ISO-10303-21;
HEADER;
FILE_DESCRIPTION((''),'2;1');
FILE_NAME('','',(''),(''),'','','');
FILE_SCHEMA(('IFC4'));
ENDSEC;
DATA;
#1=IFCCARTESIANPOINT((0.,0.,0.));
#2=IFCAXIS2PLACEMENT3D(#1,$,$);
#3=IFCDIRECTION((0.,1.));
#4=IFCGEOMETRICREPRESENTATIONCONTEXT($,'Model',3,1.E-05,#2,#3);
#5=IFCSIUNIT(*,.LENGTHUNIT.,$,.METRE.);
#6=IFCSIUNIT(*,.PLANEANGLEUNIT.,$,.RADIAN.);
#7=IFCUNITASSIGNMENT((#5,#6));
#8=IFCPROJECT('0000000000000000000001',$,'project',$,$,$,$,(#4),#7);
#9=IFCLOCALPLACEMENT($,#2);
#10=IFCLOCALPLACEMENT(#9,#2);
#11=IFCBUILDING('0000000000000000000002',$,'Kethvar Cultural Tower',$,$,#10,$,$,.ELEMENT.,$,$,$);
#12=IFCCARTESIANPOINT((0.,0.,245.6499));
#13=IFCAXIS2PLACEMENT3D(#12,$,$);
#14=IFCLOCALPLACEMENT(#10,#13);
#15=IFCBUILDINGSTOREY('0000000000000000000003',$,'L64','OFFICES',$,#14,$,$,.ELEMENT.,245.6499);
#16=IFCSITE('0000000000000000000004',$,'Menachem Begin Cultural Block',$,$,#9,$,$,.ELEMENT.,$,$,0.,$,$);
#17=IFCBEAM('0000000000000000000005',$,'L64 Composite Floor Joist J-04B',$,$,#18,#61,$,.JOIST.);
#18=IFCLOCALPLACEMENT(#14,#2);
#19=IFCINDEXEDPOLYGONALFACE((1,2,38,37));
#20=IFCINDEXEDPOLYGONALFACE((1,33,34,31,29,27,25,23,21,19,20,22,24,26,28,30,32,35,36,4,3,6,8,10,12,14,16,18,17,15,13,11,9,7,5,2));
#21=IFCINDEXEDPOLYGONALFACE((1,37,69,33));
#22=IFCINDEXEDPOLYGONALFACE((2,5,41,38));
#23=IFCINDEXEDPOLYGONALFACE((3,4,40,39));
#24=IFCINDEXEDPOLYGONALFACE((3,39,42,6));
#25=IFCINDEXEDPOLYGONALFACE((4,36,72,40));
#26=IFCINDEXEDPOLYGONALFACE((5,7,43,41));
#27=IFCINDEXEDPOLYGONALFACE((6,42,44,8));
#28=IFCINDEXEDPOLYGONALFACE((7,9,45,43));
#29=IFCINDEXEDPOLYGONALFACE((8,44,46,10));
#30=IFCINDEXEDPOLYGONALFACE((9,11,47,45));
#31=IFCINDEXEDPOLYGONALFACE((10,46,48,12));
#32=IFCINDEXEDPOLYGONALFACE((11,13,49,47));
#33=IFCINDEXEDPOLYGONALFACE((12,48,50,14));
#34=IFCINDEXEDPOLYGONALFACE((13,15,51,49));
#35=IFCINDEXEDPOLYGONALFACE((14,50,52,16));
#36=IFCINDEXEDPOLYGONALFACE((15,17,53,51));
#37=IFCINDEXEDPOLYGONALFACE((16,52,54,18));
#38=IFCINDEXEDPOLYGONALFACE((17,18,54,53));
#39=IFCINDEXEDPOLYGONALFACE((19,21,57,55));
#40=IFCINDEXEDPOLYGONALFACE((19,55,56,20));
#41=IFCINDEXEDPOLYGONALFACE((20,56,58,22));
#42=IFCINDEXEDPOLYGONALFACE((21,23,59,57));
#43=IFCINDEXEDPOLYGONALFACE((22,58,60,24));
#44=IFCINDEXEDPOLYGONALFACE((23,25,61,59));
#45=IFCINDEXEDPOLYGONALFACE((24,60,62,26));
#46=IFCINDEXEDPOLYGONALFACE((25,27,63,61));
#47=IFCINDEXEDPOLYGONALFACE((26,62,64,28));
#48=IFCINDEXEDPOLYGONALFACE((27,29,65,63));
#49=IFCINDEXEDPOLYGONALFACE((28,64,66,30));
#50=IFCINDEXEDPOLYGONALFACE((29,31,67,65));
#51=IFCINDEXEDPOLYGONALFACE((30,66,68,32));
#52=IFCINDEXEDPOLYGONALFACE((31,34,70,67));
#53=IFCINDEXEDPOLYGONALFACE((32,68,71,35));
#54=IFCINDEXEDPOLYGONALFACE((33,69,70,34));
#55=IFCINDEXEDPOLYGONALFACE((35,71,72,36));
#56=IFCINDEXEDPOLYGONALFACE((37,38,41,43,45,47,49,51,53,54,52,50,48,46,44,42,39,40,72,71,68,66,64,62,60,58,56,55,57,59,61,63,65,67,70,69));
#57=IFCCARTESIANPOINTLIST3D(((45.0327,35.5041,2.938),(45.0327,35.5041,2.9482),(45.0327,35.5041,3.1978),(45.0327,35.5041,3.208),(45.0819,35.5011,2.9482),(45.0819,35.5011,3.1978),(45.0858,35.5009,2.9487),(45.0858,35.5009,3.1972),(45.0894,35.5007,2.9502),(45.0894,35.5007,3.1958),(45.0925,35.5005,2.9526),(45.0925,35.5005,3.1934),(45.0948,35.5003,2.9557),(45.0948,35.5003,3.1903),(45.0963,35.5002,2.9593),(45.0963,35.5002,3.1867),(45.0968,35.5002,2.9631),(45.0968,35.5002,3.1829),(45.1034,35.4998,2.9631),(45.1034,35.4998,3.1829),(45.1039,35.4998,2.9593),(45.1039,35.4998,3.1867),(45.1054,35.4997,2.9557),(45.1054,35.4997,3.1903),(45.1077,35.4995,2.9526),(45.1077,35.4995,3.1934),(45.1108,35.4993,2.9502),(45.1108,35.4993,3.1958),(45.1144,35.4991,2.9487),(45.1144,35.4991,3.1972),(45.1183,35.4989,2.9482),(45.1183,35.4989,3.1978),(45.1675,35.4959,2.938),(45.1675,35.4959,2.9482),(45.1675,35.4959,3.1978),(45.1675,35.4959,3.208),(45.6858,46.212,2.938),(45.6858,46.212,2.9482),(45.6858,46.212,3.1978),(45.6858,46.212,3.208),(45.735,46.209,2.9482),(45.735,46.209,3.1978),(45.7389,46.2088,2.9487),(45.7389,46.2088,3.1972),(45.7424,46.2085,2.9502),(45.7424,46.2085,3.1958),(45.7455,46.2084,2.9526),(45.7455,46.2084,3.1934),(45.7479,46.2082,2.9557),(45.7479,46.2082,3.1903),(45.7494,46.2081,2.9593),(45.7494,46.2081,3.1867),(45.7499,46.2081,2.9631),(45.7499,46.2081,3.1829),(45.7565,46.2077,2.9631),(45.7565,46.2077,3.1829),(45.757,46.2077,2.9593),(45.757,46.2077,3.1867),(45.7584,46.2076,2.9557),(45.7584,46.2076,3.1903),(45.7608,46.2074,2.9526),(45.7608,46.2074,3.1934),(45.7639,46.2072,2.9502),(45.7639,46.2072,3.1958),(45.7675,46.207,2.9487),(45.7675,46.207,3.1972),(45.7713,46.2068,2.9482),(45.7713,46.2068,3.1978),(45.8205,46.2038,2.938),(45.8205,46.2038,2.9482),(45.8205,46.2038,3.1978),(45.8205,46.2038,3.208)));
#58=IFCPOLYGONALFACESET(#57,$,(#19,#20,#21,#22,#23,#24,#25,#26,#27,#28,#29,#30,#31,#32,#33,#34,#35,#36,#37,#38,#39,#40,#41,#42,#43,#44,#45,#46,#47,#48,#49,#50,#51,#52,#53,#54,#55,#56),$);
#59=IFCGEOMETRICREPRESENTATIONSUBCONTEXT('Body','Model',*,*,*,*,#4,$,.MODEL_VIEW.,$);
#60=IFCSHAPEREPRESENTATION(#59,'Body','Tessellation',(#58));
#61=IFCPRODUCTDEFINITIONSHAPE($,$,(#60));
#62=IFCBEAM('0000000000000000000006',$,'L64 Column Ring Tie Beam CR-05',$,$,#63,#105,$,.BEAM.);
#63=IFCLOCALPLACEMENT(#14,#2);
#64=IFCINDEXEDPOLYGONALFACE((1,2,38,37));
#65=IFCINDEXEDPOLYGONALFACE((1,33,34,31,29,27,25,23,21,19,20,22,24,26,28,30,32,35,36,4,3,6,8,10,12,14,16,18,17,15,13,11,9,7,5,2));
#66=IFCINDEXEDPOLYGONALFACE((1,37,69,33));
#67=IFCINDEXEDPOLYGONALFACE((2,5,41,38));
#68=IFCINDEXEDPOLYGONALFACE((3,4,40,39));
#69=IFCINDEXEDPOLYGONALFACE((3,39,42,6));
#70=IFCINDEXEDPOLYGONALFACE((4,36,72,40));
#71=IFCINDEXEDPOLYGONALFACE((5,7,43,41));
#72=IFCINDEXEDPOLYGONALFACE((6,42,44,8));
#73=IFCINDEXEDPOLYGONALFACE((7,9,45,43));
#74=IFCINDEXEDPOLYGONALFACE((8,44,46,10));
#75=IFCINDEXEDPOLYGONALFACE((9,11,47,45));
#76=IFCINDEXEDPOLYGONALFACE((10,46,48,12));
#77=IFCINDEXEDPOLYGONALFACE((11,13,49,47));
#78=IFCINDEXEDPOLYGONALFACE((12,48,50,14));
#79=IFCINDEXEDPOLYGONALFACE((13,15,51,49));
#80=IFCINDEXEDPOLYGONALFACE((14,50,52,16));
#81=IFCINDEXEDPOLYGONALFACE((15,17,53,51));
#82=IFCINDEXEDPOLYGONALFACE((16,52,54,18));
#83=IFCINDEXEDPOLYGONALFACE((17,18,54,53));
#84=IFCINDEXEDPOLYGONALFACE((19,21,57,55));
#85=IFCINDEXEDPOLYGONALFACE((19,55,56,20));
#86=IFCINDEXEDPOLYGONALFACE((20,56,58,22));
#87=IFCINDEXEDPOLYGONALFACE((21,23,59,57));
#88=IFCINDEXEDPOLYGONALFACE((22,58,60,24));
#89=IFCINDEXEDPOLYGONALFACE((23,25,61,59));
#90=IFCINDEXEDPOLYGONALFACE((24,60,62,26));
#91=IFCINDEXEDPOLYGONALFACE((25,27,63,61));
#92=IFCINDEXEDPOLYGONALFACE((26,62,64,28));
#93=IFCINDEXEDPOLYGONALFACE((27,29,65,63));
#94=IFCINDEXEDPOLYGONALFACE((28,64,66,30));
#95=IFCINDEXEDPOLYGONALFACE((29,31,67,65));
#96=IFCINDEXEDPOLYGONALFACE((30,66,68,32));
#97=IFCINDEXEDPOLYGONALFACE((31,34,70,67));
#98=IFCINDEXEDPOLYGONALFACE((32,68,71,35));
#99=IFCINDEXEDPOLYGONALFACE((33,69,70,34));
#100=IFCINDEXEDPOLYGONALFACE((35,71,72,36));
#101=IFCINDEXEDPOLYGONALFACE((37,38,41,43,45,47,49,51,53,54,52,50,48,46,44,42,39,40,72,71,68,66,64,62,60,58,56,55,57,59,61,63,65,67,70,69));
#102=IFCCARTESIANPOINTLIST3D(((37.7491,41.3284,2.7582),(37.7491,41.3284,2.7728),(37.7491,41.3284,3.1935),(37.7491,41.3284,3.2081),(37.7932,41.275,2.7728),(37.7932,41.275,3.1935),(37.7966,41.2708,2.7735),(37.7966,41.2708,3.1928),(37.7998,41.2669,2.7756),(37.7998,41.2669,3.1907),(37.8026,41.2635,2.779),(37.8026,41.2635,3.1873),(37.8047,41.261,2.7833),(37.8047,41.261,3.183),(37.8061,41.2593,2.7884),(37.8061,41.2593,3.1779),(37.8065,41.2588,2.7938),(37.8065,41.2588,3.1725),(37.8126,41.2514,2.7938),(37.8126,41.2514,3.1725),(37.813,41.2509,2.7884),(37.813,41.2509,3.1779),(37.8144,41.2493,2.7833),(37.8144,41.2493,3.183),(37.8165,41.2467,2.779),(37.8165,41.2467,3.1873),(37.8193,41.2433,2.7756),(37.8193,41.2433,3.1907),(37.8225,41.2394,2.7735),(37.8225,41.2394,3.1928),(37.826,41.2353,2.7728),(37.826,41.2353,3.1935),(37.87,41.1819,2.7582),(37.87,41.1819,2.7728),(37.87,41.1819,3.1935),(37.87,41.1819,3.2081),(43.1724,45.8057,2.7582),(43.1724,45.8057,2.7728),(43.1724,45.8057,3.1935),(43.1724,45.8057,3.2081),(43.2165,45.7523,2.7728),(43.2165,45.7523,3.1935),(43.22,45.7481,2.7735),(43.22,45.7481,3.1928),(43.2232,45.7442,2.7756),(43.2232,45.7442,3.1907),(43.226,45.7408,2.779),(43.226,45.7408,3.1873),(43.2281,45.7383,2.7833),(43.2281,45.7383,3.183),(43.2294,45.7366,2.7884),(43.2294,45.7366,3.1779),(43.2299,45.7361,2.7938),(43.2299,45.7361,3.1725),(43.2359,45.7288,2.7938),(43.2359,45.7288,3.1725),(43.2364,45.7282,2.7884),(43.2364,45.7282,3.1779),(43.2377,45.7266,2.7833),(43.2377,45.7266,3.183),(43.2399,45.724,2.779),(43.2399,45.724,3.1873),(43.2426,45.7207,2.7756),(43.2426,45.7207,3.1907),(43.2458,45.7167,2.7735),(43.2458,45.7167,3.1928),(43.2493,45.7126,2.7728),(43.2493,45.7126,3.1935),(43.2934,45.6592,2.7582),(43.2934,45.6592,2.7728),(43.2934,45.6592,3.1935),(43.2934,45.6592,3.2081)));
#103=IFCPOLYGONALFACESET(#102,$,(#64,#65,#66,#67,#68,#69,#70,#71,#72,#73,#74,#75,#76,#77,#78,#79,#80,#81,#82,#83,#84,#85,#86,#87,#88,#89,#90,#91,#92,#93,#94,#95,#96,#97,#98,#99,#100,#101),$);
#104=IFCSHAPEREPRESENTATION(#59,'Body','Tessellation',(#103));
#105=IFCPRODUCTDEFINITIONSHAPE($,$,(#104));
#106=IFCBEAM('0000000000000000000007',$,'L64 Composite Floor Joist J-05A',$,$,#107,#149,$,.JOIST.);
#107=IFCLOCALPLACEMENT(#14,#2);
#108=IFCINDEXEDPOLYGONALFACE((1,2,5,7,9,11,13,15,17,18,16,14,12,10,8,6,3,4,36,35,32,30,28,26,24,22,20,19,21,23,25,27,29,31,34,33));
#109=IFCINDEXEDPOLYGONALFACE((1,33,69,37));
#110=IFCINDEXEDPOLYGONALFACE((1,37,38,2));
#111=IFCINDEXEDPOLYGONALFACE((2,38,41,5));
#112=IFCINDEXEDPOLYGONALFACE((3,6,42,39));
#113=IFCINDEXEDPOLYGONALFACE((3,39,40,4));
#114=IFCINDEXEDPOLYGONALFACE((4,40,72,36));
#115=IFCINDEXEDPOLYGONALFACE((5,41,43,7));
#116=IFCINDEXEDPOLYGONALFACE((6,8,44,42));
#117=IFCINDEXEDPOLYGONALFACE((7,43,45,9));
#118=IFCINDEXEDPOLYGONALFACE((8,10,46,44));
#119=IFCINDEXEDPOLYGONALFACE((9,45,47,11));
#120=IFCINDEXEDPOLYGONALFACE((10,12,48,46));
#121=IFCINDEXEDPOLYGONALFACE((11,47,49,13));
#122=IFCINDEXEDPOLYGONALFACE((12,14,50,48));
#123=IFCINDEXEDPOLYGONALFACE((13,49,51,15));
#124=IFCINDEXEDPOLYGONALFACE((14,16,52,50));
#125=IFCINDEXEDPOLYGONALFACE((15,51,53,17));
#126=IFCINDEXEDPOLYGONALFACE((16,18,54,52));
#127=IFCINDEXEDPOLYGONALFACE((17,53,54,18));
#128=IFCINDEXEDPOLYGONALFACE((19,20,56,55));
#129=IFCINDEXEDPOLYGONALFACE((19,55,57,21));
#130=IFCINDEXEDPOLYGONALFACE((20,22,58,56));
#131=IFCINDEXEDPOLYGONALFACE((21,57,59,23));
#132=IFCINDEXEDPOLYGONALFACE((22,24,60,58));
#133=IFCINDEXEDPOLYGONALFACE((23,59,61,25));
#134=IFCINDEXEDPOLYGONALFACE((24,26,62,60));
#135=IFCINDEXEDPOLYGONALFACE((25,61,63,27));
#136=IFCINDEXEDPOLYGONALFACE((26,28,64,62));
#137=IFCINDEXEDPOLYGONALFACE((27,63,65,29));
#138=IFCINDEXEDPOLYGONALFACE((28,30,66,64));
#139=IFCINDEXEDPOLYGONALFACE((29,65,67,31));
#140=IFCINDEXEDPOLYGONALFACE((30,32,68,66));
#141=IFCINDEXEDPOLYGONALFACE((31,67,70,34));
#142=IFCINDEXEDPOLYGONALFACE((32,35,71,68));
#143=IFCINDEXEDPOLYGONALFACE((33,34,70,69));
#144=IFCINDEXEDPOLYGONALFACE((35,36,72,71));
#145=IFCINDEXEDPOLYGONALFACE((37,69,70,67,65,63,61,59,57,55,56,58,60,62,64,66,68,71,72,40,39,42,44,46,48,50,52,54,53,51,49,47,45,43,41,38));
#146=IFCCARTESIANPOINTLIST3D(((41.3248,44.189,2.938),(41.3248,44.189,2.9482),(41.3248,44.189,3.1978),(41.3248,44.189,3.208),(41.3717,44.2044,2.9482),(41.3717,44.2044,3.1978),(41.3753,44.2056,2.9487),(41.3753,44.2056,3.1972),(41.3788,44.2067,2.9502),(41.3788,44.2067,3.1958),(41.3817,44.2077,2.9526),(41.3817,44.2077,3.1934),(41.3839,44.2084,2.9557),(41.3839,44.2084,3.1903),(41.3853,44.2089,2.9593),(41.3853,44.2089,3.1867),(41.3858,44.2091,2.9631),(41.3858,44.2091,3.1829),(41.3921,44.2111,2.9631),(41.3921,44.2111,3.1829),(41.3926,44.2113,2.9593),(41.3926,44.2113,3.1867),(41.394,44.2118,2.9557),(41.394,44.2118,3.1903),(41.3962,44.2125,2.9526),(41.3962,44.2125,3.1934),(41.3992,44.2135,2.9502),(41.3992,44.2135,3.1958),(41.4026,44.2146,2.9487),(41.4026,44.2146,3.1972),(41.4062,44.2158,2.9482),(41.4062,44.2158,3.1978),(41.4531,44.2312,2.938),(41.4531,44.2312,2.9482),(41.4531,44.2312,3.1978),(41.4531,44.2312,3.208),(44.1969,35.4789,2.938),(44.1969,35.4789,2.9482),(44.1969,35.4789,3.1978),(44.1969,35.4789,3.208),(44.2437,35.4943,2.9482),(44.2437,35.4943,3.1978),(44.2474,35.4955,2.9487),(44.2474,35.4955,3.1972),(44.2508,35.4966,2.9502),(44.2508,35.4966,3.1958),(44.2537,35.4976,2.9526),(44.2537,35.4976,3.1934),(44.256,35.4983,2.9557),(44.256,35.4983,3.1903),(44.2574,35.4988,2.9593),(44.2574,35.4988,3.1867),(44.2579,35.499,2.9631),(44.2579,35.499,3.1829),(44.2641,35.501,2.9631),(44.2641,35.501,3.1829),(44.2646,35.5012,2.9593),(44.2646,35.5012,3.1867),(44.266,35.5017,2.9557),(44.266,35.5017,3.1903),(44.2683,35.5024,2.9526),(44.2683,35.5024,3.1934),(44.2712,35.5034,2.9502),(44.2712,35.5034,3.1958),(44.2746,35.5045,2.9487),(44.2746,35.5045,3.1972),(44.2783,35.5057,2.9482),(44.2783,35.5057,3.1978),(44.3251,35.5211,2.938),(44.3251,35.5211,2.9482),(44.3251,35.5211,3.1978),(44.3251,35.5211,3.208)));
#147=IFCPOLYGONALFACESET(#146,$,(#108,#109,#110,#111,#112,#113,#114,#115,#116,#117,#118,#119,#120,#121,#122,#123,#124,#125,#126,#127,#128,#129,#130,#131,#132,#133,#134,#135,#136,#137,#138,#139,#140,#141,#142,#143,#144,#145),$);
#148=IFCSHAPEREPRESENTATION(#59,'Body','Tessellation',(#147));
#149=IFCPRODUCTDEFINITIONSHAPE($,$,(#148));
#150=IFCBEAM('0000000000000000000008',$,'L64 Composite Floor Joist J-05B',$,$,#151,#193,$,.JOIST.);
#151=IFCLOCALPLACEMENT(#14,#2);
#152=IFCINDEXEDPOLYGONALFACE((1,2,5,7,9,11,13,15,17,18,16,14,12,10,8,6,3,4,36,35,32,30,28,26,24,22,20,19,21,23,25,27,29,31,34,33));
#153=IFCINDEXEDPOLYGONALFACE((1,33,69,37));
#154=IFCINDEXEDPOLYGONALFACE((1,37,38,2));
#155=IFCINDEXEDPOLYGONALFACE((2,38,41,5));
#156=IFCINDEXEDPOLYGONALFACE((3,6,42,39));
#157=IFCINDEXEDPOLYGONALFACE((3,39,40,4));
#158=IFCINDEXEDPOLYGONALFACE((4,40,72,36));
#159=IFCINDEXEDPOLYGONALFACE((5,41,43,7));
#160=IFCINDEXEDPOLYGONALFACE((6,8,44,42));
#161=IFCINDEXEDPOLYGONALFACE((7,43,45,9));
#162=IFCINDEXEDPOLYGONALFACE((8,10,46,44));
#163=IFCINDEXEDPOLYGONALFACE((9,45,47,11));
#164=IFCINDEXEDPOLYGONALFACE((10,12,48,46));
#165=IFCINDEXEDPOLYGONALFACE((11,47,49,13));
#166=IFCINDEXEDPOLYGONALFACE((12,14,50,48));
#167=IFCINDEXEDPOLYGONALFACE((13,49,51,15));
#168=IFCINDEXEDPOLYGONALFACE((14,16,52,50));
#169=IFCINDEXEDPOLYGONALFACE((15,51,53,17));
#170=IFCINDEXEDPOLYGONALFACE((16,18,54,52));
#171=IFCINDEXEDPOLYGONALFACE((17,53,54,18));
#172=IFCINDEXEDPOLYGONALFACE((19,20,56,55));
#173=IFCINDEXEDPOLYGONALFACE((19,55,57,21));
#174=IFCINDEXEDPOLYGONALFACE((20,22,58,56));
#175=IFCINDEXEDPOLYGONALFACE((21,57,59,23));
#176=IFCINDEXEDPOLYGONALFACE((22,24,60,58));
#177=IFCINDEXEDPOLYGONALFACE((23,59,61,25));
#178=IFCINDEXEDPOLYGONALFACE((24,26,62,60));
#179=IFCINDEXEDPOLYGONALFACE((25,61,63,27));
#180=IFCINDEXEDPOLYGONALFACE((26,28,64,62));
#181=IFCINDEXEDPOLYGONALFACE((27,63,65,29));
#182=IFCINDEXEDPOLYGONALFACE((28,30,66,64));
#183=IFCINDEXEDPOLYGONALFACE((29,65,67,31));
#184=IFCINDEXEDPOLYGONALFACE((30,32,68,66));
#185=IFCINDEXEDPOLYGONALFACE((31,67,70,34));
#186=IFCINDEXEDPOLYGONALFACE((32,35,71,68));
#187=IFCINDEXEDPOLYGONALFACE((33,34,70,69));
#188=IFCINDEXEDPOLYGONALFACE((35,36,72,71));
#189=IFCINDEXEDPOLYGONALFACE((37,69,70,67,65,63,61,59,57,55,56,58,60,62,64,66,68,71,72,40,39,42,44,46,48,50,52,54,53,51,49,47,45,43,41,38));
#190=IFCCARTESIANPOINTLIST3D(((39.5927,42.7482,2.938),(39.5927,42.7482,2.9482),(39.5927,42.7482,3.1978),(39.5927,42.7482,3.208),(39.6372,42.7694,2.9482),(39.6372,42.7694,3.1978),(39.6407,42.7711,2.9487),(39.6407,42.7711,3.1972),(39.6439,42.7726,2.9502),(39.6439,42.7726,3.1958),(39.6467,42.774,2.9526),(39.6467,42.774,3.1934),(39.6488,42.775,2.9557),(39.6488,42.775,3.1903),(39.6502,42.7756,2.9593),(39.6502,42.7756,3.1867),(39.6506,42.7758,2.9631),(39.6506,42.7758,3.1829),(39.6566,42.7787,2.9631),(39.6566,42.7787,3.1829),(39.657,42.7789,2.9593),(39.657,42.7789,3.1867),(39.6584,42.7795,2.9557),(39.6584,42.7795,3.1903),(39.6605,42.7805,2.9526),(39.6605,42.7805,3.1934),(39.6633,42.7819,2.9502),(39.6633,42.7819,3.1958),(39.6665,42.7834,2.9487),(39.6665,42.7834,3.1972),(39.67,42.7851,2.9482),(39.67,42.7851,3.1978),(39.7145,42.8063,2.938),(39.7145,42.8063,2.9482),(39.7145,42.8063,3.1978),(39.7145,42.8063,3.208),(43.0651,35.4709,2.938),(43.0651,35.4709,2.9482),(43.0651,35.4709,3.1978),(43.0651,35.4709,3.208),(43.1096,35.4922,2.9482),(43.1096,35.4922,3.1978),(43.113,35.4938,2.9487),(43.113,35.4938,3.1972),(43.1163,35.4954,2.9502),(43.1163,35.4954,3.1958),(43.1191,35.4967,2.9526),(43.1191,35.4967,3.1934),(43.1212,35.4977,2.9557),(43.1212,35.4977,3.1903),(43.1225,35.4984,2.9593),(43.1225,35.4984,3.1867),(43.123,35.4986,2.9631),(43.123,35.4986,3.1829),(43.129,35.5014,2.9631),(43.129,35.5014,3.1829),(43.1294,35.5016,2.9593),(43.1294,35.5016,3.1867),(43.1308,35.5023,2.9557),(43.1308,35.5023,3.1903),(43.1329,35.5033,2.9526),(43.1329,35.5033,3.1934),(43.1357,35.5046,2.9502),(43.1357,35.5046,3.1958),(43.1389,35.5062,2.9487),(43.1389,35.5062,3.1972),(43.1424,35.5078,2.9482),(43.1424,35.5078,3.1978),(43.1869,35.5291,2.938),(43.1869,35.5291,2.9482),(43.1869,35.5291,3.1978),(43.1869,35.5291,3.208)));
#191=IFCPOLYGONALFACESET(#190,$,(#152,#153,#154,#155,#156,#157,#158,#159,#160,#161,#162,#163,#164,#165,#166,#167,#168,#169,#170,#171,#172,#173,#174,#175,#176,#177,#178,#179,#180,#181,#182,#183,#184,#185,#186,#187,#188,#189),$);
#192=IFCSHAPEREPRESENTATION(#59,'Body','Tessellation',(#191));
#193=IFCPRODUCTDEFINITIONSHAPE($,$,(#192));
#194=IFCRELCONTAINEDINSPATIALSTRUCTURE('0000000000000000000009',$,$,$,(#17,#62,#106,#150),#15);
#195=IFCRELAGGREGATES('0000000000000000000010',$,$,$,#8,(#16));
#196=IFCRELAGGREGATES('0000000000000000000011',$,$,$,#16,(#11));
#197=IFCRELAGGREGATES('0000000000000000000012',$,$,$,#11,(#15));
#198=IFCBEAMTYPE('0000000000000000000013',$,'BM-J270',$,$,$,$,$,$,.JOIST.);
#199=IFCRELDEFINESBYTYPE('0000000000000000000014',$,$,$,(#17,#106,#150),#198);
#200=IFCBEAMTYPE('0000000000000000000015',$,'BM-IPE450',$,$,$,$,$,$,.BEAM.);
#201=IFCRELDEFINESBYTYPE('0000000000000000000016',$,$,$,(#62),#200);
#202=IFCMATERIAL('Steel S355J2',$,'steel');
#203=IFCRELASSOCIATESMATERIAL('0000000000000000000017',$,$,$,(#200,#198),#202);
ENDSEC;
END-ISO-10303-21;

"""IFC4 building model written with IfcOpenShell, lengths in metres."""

from ifc_helpers import new_model, si_unit, direction, frame, origin, origin_2d, place, context, subcontext, project, spatial, i_section, extrude, source, transform, mapped, material, material_profile, profile_set, type_object, element, save


model = new_model("IFC4")

# Units and contexts
model_context = context("Model", 3, precision=1e-05, world=origin(), true_north=direction((0.0, 1.0)))
body_context = subcontext(model_context, "Body", "Model", "MODEL_VIEW")
ifc_project = project(units=[si_unit("LENGTHUNIT", "METRE"), si_unit("PLANEANGLEUNIT", "RADIAN")], contexts=[model_context])

# Site, building, storey
site_placement = place(None, origin())
site = spatial("IfcSite", under=ifc_project, at=site_placement, Name="Menachem Begin Cultural Block", CompositionType="ELEMENT", RefElevation=0.0)
building_placement = place(site_placement, origin())
building = spatial("IfcBuilding", under=site, at=building_placement, Name="Kethvar Cultural Tower", CompositionType="ELEMENT")
storey_placement = place(building_placement, frame((0.0, 0.0, 245.6499)))
storey = spatial("IfcBuildingStorey", under=building, at=storey_placement, Name="L64", Description="OFFICES", CompositionType="ELEMENT", Elevation=245.6499)

# Beams
ifc_material_1 = material(Name="Steel S355J2", Category="steel")
ifc_material_profile_1 = material_profile(ifc_material_1, i_section(OverallWidth=0.1899, OverallDepth=0.45, WebThickness=0.0095, FlangeThickness=0.0146, FilletRadius=0.021, at=origin_2d()), Name="Steel S355J2 — IPE450")
ifc_profile_set_1 = profile_set([ifc_material_profile_1], Name="Steel S355J2 — IPE450")
beam_type_1 = type_object("IfcBeamType", Name="BM-IPE450", PredefinedType="BEAM", material=ifc_profile_set_1)
ifc_material_profile_2 = material_profile(ifc_material_1, i_section(OverallWidth=0.135, OverallDepth=0.27, WebThickness=0.0066, FlangeThickness=0.0103, FilletRadius=0.0149, at=origin_2d()), Name="Steel S355J2 — IPE270")
ifc_profile_set_2 = profile_set([ifc_material_profile_2], Name="Steel S355J2 — IPE270")
beam_type_2 = type_object("IfcBeamType", Name="BM-J270", PredefinedType="JOIST", material=ifc_profile_set_2)
shared_shape_1 = source(origin(), body_context, "Body", "SweptSolid", [
    extrude(i_section(OverallWidth=0.135, OverallDepth=0.27, WebThickness=0.0066, FlangeThickness=0.0103, FilletRadius=0.0149, at=origin_2d()), origin(), (0.0, 0.0, 1.0), 10.7278),
])
beam_1_placement = place(storey_placement, frame((45.1001, 35.5, 3.073), z_axis=(0.060876, 0.998145, 0.0), x_axis=(-0.998145, 0.060876, 0.0)))
element("IfcBeam", 1, at=beam_1_placement, inside=storey, type_object=beam_type_2, Name="L64 Composite Floor Joist J-04B", PredefinedType="JOIST", context=body_context, shape_type="MappedRepresentation", body=[
    mapped(shared_shape_1, transform((0.0, 0.0, 0.0), scale=1.0)),
])
shared_shape_2 = source(origin(), body_context, "Body", "SweptSolid", [
    extrude(i_section(OverallWidth=0.1899, OverallDepth=0.45, WebThickness=0.0095, FlangeThickness=0.0146, FilletRadius=0.021, at=origin_2d()), origin(), (0.0, 0.0, 1.0), 7.0327),
])
beam_2_placement = place(storey_placement, frame((43.2329, 45.7324, 2.9832), z_axis=(-0.771161, -0.63664, 0.0), x_axis=(0.63664, -0.771161, 0.0)))
element("IfcBeam", 2, at=beam_2_placement, inside=storey, type_object=beam_type_1, Name="L64 Column Ring Tie Beam CR-05", PredefinedType="BEAM", context=body_context, shape_type="MappedRepresentation", body=[
    mapped(shared_shape_2, transform((0.0, 0.0, 0.0), scale=1.0)),
])
shared_shape_3 = source(origin(), body_context, "Body", "SweptSolid", [
    extrude(i_section(OverallWidth=0.135, OverallDepth=0.27, WebThickness=0.0066, FlangeThickness=0.0103, FilletRadius=0.0149, at=origin_2d()), origin(), (0.0, 0.0, 1.0), 9.1714),
])
beam_3_placement = place(storey_placement, frame((44.261, 35.5, 3.073), z_axis=(-0.313152, 0.949703, 0.0), x_axis=(-0.949703, -0.313152, 0.0)))
element("IfcBeam", 3, at=beam_3_placement, inside=storey, type_object=beam_type_2, Name="L64 Composite Floor Joist J-05A", PredefinedType="JOIST", context=body_context, shape_type="MappedRepresentation", body=[
    mapped(shared_shape_3, transform((0.0, 0.0, 0.0), scale=1.0)),
])
shared_shape_4 = source(origin(), body_context, "Body", "SweptSolid", [
    extrude(i_section(OverallWidth=0.135, OverallDepth=0.27, WebThickness=0.0066, FlangeThickness=0.0103, FilletRadius=0.0149, at=origin_2d()), origin(), (0.0, 0.0, 1.0), 8.0632),
])
beam_4_placement = place(storey_placement, frame((43.126, 35.5, 3.073), z_axis=(-0.430642, 0.902523, 0.0), x_axis=(-0.902523, -0.430642, 0.0)))
element("IfcBeam", 4, at=beam_4_placement, inside=storey, type_object=beam_type_2, Name="L64 Composite Floor Joist J-05B", PredefinedType="JOIST", context=body_context, shape_type="MappedRepresentation", body=[
    mapped(shared_shape_4, transform((0.0, 0.0, 0.0), scale=1.0)),
])

save(model, "model.ifc")
